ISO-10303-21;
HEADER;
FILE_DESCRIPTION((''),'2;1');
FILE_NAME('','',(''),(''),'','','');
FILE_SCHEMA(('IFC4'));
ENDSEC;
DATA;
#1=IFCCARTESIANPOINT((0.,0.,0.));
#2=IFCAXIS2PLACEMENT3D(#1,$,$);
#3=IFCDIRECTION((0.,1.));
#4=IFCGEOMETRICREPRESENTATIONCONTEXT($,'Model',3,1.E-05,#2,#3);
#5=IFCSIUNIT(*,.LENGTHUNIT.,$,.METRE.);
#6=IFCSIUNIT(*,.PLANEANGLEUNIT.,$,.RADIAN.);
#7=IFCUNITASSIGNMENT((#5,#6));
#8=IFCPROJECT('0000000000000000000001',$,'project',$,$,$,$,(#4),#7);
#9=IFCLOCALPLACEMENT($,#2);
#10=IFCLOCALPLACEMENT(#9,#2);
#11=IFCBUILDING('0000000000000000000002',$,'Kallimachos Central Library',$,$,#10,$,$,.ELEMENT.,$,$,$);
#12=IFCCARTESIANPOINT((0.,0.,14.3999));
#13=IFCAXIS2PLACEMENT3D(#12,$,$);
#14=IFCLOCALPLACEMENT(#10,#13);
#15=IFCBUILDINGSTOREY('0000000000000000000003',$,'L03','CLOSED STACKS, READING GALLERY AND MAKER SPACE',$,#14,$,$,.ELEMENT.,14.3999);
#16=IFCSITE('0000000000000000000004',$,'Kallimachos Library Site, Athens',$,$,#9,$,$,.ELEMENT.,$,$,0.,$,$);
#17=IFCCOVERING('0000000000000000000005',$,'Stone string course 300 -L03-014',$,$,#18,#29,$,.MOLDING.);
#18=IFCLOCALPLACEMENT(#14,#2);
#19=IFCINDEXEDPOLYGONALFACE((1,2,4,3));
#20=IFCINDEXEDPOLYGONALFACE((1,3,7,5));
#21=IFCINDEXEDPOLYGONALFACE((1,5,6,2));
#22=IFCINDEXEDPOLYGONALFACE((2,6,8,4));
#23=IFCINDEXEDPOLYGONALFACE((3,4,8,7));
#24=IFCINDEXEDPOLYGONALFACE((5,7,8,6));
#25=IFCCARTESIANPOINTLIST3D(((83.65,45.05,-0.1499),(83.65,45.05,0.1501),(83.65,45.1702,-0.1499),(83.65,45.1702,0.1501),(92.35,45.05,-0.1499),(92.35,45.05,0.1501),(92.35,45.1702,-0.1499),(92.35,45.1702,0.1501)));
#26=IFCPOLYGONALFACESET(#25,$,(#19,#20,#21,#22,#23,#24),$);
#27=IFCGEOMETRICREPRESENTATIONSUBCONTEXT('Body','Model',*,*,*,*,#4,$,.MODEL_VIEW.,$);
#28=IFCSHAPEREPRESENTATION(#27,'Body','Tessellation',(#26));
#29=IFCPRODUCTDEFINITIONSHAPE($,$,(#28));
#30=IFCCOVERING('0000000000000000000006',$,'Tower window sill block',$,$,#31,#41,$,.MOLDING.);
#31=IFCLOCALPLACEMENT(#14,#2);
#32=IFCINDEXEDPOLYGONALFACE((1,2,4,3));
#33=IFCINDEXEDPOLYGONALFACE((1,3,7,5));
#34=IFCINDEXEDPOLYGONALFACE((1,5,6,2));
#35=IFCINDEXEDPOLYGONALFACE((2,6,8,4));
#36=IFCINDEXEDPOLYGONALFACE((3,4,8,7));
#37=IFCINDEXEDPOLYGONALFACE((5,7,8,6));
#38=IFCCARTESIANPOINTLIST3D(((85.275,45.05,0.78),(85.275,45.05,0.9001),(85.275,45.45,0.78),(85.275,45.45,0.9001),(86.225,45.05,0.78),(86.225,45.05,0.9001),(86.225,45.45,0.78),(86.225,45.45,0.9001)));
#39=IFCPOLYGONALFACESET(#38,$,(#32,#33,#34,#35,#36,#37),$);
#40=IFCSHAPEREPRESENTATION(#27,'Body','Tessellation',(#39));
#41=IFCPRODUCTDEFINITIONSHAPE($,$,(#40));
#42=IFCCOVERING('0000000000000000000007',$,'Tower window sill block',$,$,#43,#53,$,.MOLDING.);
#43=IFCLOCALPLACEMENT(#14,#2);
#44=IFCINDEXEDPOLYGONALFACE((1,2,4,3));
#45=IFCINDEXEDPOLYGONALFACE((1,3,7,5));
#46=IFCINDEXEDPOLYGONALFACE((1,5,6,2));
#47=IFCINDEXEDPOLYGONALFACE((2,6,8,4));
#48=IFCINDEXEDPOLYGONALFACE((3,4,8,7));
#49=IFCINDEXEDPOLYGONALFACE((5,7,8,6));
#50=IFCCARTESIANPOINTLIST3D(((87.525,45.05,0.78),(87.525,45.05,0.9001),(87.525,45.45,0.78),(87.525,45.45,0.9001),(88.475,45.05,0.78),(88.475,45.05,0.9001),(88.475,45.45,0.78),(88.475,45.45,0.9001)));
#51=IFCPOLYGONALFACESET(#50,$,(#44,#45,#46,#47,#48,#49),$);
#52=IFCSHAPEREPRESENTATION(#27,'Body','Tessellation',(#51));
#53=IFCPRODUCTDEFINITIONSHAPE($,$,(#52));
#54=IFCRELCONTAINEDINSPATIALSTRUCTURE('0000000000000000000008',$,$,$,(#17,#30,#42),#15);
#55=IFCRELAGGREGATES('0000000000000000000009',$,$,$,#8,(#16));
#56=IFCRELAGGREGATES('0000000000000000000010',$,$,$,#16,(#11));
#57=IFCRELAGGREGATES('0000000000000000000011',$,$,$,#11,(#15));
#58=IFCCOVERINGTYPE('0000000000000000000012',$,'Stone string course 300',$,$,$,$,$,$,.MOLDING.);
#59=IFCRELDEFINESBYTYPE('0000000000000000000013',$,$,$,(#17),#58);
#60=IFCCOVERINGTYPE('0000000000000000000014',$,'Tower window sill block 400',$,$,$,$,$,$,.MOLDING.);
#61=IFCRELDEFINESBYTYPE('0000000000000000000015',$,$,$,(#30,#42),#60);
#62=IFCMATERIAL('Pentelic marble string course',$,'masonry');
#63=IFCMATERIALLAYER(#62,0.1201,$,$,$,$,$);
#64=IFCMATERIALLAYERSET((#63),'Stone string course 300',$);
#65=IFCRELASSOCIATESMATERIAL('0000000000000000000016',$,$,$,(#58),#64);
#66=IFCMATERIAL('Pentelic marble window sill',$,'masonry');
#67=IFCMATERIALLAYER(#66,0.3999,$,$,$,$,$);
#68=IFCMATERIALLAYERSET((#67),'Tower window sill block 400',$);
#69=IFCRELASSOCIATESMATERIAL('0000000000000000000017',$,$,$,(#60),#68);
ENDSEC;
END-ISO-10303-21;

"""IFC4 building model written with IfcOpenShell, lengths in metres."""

from ifc_helpers import new_model, si_unit, direction, frame, origin, origin_2d, place, context, subcontext, project, spatial, rectangle, extrude, material, layer, layer_set, type_object, element, save


model = new_model("IFC4")

# Units and contexts
model_context = context("Model", 3, precision=1e-05, world=origin(), true_north=direction((0.0, 1.0)))
body_context = subcontext(model_context, "Body", "Model", "MODEL_VIEW")
ifc_project = project(units=[si_unit("LENGTHUNIT", "METRE"), si_unit("PLANEANGLEUNIT", "RADIAN")], contexts=[model_context])

# Site, building, storey
site_placement = place(None, origin())
site = spatial("IfcSite", under=ifc_project, at=site_placement, Name="Kallimachos Library Site, Athens", CompositionType="ELEMENT", RefElevation=0.0)
building_placement = place(site_placement, origin())
building = spatial("IfcBuilding", under=site, at=building_placement, Name="Kallimachos Central Library", CompositionType="ELEMENT")
storey_placement = place(building_placement, frame((0.0, 0.0, 14.3999)))
storey = spatial("IfcBuildingStorey", under=building, at=storey_placement, Name="L03", Description="CLOSED STACKS, READING GALLERY AND MAKER SPACE", CompositionType="ELEMENT", Elevation=14.3999)

# Coverings
ifc_material_1 = material(Name="Pentelic marble string course", Category="masonry")
ifc_layer_1 = layer(ifc_material_1, 0.1201)
ifc_layer_set_1 = layer_set([ifc_layer_1], Name="Stone string course 300")
covering_type_1 = type_object("IfcCoveringType", Name="Stone string course 300", PredefinedType="MOLDING", material=ifc_layer_set_1)
covering_placement = place(storey_placement, frame((88.0, 45.1101, -0.1499), z_axis=(0.0, 0.0, 1.0), x_axis=(1.0, 0.0, 0.0)))
element("IfcCovering", 1, at=covering_placement, inside=storey, type_object=covering_type_1, Name="Stone string course 300 -L03-014", PredefinedType="MOLDING", context=body_context, shape_type="SweptSolid", body=[
    extrude(rectangle(XDim=8.7, YDim=0.1201, at=origin_2d()), origin(), (0.0, 0.0, 1.0), 0.3),
])
ifc_material_2 = material(Name="Pentelic marble window sill", Category="masonry")
ifc_layer_2 = layer(ifc_material_2, 0.3999)
ifc_layer_set_2 = layer_set([ifc_layer_2], Name="Tower window sill block 400")
covering_type_2 = type_object("IfcCoveringType", Name="Tower window sill block 400", PredefinedType="MOLDING", material=ifc_layer_set_2)
for number, where, z_axis, x_axis, name in (
    (2, (85.75, 45.25, 0.78), (0.0, 0.0, 1.0), (1.0, 0.0, 0.0), "Tower window sill block"),
    (3, (88.0, 45.25, 0.78), (0.0, 0.0, 1.0), (1.0, 0.0, 0.0), "Tower window sill block"),
):
    element("IfcCovering", number, at=place(storey_placement, frame(where, z_axis=z_axis, x_axis=x_axis)), inside=storey, type_object=covering_type_2, Name=name, PredefinedType="MOLDING", context=body_context, shape_type="SweptSolid", body=[
        extrude(rectangle(XDim=0.95, YDim=0.3999, at=origin_2d()), origin(), (0.0, 0.0, 1.0), 0.1201),
    ])

save(model, "model.ifc")
